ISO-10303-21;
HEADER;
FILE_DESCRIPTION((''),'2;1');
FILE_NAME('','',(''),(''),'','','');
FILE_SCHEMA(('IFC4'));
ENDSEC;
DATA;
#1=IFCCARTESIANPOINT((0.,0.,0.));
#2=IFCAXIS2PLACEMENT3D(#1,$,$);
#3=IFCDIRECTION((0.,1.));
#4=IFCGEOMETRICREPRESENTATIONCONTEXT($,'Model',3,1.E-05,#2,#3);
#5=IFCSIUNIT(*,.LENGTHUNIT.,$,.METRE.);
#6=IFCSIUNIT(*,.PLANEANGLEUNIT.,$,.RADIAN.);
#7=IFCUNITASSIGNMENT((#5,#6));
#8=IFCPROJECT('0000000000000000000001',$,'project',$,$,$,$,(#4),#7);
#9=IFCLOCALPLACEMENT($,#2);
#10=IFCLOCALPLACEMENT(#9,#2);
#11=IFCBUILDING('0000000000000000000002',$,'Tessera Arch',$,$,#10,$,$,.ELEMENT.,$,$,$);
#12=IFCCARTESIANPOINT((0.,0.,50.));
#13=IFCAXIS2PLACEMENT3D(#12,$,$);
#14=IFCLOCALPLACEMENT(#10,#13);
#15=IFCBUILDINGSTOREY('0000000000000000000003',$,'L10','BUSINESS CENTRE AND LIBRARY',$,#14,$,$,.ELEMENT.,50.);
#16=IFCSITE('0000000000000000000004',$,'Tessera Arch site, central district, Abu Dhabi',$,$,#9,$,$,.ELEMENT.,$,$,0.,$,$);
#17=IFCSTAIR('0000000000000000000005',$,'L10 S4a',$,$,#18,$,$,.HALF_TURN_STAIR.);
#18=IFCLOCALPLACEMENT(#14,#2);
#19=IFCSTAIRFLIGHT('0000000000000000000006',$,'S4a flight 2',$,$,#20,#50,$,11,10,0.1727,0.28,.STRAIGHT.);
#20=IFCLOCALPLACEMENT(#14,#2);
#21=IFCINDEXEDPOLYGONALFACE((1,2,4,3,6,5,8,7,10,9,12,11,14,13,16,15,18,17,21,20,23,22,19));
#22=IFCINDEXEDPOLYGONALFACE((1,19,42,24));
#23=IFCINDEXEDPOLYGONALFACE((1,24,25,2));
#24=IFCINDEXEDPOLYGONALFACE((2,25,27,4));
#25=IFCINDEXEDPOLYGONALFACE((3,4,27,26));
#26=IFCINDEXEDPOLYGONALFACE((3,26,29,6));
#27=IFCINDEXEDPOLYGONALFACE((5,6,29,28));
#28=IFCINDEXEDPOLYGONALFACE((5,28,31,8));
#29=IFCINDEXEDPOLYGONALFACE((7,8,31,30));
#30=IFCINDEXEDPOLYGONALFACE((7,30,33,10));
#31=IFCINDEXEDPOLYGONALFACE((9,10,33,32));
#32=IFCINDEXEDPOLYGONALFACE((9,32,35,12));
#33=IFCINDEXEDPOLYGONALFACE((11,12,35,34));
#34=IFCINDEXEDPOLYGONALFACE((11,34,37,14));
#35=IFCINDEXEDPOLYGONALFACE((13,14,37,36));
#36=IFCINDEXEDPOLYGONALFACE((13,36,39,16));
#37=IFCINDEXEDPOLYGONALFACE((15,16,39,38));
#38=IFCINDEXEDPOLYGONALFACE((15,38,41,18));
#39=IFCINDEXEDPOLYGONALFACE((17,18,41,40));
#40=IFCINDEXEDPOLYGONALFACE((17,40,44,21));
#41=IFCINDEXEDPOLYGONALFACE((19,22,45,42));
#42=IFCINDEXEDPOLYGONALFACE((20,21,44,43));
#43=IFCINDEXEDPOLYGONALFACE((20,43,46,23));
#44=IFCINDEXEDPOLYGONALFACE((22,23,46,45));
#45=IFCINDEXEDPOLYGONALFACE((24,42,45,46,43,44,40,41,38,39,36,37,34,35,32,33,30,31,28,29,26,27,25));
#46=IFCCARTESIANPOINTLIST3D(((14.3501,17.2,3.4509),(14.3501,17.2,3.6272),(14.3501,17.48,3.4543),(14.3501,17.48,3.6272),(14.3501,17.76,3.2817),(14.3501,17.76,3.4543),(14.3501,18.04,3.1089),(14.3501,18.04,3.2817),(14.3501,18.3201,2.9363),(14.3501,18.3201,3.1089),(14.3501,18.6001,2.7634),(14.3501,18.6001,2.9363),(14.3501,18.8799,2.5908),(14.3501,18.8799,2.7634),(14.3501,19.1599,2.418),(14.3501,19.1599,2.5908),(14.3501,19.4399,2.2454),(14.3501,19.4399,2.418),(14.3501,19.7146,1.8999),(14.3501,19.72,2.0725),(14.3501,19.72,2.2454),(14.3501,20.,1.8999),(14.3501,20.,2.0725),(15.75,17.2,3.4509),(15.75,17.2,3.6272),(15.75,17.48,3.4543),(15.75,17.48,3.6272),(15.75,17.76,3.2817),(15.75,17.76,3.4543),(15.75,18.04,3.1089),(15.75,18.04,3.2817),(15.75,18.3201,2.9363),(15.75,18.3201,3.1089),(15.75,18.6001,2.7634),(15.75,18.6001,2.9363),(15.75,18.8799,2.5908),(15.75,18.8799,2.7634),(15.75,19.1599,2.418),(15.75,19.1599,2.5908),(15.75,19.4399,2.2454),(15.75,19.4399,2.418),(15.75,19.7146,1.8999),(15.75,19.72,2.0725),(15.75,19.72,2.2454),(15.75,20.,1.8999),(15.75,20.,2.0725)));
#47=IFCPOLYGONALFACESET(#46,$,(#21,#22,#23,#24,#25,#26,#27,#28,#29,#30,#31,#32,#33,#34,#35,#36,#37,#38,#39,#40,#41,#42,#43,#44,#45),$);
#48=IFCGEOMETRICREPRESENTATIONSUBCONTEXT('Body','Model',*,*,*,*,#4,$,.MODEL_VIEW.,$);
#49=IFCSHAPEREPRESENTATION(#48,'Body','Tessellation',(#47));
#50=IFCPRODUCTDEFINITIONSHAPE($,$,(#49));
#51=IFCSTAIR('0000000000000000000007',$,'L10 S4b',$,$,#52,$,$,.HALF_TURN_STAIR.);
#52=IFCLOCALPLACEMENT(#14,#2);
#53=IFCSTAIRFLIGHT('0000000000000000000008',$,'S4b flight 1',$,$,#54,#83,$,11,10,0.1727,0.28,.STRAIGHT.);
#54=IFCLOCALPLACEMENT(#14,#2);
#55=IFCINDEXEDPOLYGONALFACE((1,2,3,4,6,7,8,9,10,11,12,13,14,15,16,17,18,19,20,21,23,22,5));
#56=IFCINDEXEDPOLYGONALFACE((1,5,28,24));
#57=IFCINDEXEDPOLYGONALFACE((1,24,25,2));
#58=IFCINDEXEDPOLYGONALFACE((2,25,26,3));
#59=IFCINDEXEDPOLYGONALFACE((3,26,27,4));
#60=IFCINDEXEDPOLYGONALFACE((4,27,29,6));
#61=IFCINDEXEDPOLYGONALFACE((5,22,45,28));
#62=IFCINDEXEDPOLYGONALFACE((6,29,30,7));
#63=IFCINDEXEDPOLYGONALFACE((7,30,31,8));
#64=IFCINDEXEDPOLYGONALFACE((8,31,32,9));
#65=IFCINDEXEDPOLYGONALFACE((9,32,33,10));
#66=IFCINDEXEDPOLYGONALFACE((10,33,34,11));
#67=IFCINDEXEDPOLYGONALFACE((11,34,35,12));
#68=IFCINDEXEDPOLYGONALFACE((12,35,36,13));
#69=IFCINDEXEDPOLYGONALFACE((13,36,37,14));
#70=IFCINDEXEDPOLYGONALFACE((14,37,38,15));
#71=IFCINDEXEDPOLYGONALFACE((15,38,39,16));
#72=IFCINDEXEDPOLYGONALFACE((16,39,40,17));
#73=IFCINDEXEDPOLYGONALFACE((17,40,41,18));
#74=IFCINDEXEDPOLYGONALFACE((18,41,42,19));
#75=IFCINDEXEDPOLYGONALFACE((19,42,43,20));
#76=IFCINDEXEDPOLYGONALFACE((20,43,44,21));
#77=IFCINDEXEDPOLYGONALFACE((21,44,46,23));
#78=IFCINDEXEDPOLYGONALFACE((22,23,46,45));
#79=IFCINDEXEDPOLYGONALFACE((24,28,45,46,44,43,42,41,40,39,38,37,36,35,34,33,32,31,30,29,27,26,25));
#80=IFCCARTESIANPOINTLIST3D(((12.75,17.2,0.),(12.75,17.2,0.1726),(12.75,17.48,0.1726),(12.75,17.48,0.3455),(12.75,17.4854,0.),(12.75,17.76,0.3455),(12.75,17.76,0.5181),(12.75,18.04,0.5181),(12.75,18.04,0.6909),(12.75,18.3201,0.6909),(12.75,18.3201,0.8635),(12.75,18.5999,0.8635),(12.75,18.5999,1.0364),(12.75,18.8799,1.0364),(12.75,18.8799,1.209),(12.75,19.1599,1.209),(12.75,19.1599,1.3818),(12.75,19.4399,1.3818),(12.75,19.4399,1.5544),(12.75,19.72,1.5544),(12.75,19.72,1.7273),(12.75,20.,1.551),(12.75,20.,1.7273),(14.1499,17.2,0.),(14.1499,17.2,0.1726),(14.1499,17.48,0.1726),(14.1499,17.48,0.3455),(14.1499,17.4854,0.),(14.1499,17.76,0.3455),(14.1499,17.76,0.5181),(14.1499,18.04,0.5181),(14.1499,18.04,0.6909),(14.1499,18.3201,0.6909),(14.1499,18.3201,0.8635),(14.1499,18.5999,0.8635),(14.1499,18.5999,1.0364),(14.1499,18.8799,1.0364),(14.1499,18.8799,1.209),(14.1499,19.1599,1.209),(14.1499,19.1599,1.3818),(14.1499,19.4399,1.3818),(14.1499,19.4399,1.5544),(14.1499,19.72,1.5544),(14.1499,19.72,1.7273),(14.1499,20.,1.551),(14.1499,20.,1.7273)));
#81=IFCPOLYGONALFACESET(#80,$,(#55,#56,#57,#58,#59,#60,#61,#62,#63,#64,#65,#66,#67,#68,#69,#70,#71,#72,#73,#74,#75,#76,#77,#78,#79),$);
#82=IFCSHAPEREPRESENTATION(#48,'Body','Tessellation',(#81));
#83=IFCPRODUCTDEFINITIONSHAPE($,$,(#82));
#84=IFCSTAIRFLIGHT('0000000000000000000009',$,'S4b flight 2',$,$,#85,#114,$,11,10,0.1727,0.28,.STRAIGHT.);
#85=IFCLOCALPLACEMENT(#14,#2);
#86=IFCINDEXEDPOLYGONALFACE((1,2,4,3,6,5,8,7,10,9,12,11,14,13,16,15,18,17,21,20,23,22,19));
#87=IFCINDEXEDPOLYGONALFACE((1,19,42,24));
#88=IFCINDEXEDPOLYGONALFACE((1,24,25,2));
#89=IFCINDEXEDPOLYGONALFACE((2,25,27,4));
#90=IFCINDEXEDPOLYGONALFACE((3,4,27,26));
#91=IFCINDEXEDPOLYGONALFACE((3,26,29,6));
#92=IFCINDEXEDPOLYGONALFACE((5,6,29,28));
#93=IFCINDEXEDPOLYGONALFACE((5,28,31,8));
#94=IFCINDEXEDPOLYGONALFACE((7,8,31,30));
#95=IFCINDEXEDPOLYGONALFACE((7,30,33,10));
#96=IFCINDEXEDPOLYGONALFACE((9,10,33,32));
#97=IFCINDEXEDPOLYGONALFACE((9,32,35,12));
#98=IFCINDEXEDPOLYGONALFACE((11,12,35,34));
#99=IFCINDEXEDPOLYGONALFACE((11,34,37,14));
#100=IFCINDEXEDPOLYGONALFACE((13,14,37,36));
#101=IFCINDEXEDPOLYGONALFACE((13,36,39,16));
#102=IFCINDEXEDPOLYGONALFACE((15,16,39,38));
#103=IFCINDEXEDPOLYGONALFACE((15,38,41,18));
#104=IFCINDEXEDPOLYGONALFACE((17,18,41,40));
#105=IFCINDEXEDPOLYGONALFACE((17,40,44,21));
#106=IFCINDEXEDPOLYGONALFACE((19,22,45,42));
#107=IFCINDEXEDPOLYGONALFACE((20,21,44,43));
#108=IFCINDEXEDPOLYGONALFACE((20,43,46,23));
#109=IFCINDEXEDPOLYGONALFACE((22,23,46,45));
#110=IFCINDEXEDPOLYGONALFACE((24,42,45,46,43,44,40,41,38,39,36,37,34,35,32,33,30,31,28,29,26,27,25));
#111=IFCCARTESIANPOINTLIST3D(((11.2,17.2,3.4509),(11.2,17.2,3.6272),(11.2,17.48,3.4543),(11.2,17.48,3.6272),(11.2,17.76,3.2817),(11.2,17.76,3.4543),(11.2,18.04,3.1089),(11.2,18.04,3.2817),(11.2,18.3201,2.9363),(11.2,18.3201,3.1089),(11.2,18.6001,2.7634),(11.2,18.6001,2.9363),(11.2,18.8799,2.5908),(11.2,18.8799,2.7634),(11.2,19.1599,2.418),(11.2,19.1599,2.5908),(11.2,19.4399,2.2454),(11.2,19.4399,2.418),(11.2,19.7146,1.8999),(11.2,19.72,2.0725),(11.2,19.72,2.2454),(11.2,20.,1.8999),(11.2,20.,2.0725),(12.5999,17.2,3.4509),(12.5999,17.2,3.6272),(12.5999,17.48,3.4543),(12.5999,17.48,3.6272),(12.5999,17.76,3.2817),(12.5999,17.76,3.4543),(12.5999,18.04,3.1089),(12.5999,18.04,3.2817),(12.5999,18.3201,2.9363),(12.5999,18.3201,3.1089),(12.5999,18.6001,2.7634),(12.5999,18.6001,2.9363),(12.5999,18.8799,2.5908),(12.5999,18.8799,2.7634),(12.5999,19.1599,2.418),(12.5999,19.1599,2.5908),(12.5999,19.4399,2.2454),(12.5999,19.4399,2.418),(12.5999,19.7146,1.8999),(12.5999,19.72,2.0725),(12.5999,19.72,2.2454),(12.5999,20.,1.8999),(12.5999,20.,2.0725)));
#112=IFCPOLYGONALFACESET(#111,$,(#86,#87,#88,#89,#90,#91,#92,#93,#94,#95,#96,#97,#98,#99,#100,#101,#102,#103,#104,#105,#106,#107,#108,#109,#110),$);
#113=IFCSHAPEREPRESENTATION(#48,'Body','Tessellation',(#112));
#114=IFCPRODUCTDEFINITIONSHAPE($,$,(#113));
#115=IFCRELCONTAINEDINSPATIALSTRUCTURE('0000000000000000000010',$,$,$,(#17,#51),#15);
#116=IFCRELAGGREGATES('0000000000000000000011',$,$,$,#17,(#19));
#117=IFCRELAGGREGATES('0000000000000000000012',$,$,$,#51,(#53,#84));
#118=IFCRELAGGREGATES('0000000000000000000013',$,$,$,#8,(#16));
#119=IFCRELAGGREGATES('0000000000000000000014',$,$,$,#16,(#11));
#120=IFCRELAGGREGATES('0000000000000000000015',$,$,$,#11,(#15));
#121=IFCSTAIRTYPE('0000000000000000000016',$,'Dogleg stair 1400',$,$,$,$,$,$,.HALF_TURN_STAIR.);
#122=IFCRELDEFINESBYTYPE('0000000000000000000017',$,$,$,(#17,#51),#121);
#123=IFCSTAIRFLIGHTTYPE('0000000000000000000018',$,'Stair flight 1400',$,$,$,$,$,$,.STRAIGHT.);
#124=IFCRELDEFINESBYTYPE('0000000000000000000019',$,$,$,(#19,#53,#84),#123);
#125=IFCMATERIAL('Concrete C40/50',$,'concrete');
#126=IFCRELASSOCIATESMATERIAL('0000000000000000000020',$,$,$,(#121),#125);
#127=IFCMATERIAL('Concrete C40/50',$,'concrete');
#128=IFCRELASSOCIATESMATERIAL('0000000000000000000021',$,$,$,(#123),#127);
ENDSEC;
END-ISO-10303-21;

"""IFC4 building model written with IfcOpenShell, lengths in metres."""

from ifc_helpers import new_model, si_unit, direction, frame, origin, place, context, subcontext, project, spatial, polyline, outline, extrude, material, type_object, element, aggregate, save


model = new_model("IFC4")

# Units and contexts
model_context = context("Model", 3, precision=1e-05, world=origin(), true_north=direction((0.0, 1.0)))
body_context = subcontext(model_context, "Body", "Model", "MODEL_VIEW")
ifc_project = project(units=[si_unit("LENGTHUNIT", "METRE"), si_unit("PLANEANGLEUNIT", "RADIAN")], contexts=[model_context])

# Site, building, storey
site_placement = place(None, origin())
site = spatial("IfcSite", under=ifc_project, at=site_placement, Name="Tessera Arch site, central district, Abu Dhabi", CompositionType="ELEMENT", RefElevation=0.0)
building_placement = place(site_placement, origin())
building = spatial("IfcBuilding", under=site, at=building_placement, Name="Tessera Arch", CompositionType="ELEMENT")
storey_placement = place(building_placement, frame((0.0, 0.0, 50.0)))
storey = spatial("IfcBuildingStorey", under=building, at=storey_placement, Name="L10", Description="BUSINESS CENTRE AND LIBRARY", CompositionType="ELEMENT", Elevation=50.0)

# Stairs, stair flights
ifc_material_1 = material(Name="Concrete C40/50", Category="concrete")
stair_type = type_object("IfcStairType", Name="Dogleg stair 1400", PredefinedType="HALF_TURN_STAIR", material=ifc_material_1)
stair_1_placement = place(storey_placement, origin())
stair_1 = element("IfcStair", 1, at=stair_1_placement, inside=storey, type_object=stair_type, Name="L10 S4a", PredefinedType="HALF_TURN_STAIR")
ifc_material_2 = material(Name="Concrete C40/50", Category="concrete")
stair_flight_type = type_object("IfcStairFlightType", Name="Stair flight 1400", PredefinedType="STRAIGHT", material=ifc_material_2)
stair_flight_1_placement = place(storey_placement, frame((15.05, 20.0, 1.8999), z_axis=(0.0, 0.0, 1.0), x_axis=(0.0, -1.0, 0.0)))
stair_flight_1 = element("IfcStairFlight", 2, at=stair_flight_1_placement, type_object=stair_flight_type, Name="S4a flight 2", NumberOfRisers=11, NumberOfTreads=10, PredefinedType="STRAIGHT", RiserHeight=0.1727, TreadLength=0.28, context=body_context, shape_type="SweptSolid", body=[
    extrude(outline(polyline([(0.0, 0.0), (0.0, 0.1726), (0.28, 0.1726), (0.28, 0.3455), (0.5601, 0.3455), (0.5601, 0.5181), (0.8401, 0.5181), (0.8401, 0.6909), (1.1201, 0.6909), (1.1201, 0.8635), (1.3999, 0.8635), (1.3999, 1.0364), (1.6799, 1.0364), (1.6799, 1.209), (1.96, 1.209), (1.96, 1.3818), (2.24, 1.3818), (2.24, 1.5544), (2.52, 1.5544), (2.52, 1.7273), (2.8, 1.7273), (2.8, 1.8999), (2.8, 1.551), (0.2854, 0.0), (0.0, 0.0)])), frame((0.0, 0.7, 0.0), z_axis=(0.0, -1.0, 0.0), x_axis=(1.0, 0.0, 0.0)), (0.0, 0.0, 1.0), 1.3999),
])
aggregate(stair_1, [stair_flight_1])
stair_2_placement = place(storey_placement, origin())
stair_2 = element("IfcStair", 3, at=stair_2_placement, inside=storey, type_object=stair_type, Name="L10 S4b", PredefinedType="HALF_TURN_STAIR")
stair_flight_2_placement = place(storey_placement, frame((13.45, 17.2, 0.0), z_axis=(0.0, 0.0, 1.0), x_axis=(0.0, 1.0, 0.0)))
stair_flight_2 = element("IfcStairFlight", 4, at=stair_flight_2_placement, type_object=stair_flight_type, Name="S4b flight 1", NumberOfRisers=11, NumberOfTreads=10, PredefinedType="STRAIGHT", RiserHeight=0.1727, TreadLength=0.28, context=body_context, shape_type="SweptSolid", body=[
    extrude(outline(polyline([(0.0, 0.0), (0.0, 0.1726), (0.28, 0.1726), (0.28, 0.3455), (0.5601, 0.3455), (0.5601, 0.5181), (0.8401, 0.5181), (0.8401, 0.6909), (1.1201, 0.6909), (1.1201, 0.8635), (1.3999, 0.8635), (1.3999, 1.0364), (1.6799, 1.0364), (1.6799, 1.209), (1.96, 1.209), (1.96, 1.3818), (2.24, 1.3818), (2.24, 1.5544), (2.52, 1.5544), (2.52, 1.7273), (2.8, 1.7273), (2.8, 1.8999), (2.8, 1.551), (0.2854, 0.0), (0.0, 0.0)])), frame((0.0, 0.7, 0.0), z_axis=(0.0, -1.0, 0.0), x_axis=(1.0, 0.0, 0.0)), (0.0, 0.0, 1.0), 1.3999),
])
stair_flight_3_placement = place(storey_placement, frame((11.8999, 20.0, 1.8999), z_axis=(0.0, 0.0, 1.0), x_axis=(0.0, -1.0, 0.0)))
stair_flight_3 = element("IfcStairFlight", 5, at=stair_flight_3_placement, type_object=stair_flight_type, Name="S4b flight 2", NumberOfRisers=11, NumberOfTreads=10, PredefinedType="STRAIGHT", RiserHeight=0.1727, TreadLength=0.28, context=body_context, shape_type="SweptSolid", body=[
    extrude(outline(polyline([(0.0, 0.0), (0.0, 0.1726), (0.28, 0.1726), (0.28, 0.3455), (0.5601, 0.3455), (0.5601, 0.5181), (0.8401, 0.5181), (0.8401, 0.6909), (1.1201, 0.6909), (1.1201, 0.8635), (1.3999, 0.8635), (1.3999, 1.0364), (1.6799, 1.0364), (1.6799, 1.209), (1.96, 1.209), (1.96, 1.3818), (2.24, 1.3818), (2.24, 1.5544), (2.52, 1.5544), (2.52, 1.7273), (2.8, 1.7273), (2.8, 1.8999), (2.8, 1.551), (0.2854, 0.0), (0.0, 0.0)])), frame((0.0, 0.7, 0.0), z_axis=(0.0, -1.0, 0.0), x_axis=(1.0, 0.0, 0.0)), (0.0, 0.0, 1.0), 1.3999),
])
aggregate(stair_2, [stair_flight_2, stair_flight_3])

save(model, "model.ifc")
